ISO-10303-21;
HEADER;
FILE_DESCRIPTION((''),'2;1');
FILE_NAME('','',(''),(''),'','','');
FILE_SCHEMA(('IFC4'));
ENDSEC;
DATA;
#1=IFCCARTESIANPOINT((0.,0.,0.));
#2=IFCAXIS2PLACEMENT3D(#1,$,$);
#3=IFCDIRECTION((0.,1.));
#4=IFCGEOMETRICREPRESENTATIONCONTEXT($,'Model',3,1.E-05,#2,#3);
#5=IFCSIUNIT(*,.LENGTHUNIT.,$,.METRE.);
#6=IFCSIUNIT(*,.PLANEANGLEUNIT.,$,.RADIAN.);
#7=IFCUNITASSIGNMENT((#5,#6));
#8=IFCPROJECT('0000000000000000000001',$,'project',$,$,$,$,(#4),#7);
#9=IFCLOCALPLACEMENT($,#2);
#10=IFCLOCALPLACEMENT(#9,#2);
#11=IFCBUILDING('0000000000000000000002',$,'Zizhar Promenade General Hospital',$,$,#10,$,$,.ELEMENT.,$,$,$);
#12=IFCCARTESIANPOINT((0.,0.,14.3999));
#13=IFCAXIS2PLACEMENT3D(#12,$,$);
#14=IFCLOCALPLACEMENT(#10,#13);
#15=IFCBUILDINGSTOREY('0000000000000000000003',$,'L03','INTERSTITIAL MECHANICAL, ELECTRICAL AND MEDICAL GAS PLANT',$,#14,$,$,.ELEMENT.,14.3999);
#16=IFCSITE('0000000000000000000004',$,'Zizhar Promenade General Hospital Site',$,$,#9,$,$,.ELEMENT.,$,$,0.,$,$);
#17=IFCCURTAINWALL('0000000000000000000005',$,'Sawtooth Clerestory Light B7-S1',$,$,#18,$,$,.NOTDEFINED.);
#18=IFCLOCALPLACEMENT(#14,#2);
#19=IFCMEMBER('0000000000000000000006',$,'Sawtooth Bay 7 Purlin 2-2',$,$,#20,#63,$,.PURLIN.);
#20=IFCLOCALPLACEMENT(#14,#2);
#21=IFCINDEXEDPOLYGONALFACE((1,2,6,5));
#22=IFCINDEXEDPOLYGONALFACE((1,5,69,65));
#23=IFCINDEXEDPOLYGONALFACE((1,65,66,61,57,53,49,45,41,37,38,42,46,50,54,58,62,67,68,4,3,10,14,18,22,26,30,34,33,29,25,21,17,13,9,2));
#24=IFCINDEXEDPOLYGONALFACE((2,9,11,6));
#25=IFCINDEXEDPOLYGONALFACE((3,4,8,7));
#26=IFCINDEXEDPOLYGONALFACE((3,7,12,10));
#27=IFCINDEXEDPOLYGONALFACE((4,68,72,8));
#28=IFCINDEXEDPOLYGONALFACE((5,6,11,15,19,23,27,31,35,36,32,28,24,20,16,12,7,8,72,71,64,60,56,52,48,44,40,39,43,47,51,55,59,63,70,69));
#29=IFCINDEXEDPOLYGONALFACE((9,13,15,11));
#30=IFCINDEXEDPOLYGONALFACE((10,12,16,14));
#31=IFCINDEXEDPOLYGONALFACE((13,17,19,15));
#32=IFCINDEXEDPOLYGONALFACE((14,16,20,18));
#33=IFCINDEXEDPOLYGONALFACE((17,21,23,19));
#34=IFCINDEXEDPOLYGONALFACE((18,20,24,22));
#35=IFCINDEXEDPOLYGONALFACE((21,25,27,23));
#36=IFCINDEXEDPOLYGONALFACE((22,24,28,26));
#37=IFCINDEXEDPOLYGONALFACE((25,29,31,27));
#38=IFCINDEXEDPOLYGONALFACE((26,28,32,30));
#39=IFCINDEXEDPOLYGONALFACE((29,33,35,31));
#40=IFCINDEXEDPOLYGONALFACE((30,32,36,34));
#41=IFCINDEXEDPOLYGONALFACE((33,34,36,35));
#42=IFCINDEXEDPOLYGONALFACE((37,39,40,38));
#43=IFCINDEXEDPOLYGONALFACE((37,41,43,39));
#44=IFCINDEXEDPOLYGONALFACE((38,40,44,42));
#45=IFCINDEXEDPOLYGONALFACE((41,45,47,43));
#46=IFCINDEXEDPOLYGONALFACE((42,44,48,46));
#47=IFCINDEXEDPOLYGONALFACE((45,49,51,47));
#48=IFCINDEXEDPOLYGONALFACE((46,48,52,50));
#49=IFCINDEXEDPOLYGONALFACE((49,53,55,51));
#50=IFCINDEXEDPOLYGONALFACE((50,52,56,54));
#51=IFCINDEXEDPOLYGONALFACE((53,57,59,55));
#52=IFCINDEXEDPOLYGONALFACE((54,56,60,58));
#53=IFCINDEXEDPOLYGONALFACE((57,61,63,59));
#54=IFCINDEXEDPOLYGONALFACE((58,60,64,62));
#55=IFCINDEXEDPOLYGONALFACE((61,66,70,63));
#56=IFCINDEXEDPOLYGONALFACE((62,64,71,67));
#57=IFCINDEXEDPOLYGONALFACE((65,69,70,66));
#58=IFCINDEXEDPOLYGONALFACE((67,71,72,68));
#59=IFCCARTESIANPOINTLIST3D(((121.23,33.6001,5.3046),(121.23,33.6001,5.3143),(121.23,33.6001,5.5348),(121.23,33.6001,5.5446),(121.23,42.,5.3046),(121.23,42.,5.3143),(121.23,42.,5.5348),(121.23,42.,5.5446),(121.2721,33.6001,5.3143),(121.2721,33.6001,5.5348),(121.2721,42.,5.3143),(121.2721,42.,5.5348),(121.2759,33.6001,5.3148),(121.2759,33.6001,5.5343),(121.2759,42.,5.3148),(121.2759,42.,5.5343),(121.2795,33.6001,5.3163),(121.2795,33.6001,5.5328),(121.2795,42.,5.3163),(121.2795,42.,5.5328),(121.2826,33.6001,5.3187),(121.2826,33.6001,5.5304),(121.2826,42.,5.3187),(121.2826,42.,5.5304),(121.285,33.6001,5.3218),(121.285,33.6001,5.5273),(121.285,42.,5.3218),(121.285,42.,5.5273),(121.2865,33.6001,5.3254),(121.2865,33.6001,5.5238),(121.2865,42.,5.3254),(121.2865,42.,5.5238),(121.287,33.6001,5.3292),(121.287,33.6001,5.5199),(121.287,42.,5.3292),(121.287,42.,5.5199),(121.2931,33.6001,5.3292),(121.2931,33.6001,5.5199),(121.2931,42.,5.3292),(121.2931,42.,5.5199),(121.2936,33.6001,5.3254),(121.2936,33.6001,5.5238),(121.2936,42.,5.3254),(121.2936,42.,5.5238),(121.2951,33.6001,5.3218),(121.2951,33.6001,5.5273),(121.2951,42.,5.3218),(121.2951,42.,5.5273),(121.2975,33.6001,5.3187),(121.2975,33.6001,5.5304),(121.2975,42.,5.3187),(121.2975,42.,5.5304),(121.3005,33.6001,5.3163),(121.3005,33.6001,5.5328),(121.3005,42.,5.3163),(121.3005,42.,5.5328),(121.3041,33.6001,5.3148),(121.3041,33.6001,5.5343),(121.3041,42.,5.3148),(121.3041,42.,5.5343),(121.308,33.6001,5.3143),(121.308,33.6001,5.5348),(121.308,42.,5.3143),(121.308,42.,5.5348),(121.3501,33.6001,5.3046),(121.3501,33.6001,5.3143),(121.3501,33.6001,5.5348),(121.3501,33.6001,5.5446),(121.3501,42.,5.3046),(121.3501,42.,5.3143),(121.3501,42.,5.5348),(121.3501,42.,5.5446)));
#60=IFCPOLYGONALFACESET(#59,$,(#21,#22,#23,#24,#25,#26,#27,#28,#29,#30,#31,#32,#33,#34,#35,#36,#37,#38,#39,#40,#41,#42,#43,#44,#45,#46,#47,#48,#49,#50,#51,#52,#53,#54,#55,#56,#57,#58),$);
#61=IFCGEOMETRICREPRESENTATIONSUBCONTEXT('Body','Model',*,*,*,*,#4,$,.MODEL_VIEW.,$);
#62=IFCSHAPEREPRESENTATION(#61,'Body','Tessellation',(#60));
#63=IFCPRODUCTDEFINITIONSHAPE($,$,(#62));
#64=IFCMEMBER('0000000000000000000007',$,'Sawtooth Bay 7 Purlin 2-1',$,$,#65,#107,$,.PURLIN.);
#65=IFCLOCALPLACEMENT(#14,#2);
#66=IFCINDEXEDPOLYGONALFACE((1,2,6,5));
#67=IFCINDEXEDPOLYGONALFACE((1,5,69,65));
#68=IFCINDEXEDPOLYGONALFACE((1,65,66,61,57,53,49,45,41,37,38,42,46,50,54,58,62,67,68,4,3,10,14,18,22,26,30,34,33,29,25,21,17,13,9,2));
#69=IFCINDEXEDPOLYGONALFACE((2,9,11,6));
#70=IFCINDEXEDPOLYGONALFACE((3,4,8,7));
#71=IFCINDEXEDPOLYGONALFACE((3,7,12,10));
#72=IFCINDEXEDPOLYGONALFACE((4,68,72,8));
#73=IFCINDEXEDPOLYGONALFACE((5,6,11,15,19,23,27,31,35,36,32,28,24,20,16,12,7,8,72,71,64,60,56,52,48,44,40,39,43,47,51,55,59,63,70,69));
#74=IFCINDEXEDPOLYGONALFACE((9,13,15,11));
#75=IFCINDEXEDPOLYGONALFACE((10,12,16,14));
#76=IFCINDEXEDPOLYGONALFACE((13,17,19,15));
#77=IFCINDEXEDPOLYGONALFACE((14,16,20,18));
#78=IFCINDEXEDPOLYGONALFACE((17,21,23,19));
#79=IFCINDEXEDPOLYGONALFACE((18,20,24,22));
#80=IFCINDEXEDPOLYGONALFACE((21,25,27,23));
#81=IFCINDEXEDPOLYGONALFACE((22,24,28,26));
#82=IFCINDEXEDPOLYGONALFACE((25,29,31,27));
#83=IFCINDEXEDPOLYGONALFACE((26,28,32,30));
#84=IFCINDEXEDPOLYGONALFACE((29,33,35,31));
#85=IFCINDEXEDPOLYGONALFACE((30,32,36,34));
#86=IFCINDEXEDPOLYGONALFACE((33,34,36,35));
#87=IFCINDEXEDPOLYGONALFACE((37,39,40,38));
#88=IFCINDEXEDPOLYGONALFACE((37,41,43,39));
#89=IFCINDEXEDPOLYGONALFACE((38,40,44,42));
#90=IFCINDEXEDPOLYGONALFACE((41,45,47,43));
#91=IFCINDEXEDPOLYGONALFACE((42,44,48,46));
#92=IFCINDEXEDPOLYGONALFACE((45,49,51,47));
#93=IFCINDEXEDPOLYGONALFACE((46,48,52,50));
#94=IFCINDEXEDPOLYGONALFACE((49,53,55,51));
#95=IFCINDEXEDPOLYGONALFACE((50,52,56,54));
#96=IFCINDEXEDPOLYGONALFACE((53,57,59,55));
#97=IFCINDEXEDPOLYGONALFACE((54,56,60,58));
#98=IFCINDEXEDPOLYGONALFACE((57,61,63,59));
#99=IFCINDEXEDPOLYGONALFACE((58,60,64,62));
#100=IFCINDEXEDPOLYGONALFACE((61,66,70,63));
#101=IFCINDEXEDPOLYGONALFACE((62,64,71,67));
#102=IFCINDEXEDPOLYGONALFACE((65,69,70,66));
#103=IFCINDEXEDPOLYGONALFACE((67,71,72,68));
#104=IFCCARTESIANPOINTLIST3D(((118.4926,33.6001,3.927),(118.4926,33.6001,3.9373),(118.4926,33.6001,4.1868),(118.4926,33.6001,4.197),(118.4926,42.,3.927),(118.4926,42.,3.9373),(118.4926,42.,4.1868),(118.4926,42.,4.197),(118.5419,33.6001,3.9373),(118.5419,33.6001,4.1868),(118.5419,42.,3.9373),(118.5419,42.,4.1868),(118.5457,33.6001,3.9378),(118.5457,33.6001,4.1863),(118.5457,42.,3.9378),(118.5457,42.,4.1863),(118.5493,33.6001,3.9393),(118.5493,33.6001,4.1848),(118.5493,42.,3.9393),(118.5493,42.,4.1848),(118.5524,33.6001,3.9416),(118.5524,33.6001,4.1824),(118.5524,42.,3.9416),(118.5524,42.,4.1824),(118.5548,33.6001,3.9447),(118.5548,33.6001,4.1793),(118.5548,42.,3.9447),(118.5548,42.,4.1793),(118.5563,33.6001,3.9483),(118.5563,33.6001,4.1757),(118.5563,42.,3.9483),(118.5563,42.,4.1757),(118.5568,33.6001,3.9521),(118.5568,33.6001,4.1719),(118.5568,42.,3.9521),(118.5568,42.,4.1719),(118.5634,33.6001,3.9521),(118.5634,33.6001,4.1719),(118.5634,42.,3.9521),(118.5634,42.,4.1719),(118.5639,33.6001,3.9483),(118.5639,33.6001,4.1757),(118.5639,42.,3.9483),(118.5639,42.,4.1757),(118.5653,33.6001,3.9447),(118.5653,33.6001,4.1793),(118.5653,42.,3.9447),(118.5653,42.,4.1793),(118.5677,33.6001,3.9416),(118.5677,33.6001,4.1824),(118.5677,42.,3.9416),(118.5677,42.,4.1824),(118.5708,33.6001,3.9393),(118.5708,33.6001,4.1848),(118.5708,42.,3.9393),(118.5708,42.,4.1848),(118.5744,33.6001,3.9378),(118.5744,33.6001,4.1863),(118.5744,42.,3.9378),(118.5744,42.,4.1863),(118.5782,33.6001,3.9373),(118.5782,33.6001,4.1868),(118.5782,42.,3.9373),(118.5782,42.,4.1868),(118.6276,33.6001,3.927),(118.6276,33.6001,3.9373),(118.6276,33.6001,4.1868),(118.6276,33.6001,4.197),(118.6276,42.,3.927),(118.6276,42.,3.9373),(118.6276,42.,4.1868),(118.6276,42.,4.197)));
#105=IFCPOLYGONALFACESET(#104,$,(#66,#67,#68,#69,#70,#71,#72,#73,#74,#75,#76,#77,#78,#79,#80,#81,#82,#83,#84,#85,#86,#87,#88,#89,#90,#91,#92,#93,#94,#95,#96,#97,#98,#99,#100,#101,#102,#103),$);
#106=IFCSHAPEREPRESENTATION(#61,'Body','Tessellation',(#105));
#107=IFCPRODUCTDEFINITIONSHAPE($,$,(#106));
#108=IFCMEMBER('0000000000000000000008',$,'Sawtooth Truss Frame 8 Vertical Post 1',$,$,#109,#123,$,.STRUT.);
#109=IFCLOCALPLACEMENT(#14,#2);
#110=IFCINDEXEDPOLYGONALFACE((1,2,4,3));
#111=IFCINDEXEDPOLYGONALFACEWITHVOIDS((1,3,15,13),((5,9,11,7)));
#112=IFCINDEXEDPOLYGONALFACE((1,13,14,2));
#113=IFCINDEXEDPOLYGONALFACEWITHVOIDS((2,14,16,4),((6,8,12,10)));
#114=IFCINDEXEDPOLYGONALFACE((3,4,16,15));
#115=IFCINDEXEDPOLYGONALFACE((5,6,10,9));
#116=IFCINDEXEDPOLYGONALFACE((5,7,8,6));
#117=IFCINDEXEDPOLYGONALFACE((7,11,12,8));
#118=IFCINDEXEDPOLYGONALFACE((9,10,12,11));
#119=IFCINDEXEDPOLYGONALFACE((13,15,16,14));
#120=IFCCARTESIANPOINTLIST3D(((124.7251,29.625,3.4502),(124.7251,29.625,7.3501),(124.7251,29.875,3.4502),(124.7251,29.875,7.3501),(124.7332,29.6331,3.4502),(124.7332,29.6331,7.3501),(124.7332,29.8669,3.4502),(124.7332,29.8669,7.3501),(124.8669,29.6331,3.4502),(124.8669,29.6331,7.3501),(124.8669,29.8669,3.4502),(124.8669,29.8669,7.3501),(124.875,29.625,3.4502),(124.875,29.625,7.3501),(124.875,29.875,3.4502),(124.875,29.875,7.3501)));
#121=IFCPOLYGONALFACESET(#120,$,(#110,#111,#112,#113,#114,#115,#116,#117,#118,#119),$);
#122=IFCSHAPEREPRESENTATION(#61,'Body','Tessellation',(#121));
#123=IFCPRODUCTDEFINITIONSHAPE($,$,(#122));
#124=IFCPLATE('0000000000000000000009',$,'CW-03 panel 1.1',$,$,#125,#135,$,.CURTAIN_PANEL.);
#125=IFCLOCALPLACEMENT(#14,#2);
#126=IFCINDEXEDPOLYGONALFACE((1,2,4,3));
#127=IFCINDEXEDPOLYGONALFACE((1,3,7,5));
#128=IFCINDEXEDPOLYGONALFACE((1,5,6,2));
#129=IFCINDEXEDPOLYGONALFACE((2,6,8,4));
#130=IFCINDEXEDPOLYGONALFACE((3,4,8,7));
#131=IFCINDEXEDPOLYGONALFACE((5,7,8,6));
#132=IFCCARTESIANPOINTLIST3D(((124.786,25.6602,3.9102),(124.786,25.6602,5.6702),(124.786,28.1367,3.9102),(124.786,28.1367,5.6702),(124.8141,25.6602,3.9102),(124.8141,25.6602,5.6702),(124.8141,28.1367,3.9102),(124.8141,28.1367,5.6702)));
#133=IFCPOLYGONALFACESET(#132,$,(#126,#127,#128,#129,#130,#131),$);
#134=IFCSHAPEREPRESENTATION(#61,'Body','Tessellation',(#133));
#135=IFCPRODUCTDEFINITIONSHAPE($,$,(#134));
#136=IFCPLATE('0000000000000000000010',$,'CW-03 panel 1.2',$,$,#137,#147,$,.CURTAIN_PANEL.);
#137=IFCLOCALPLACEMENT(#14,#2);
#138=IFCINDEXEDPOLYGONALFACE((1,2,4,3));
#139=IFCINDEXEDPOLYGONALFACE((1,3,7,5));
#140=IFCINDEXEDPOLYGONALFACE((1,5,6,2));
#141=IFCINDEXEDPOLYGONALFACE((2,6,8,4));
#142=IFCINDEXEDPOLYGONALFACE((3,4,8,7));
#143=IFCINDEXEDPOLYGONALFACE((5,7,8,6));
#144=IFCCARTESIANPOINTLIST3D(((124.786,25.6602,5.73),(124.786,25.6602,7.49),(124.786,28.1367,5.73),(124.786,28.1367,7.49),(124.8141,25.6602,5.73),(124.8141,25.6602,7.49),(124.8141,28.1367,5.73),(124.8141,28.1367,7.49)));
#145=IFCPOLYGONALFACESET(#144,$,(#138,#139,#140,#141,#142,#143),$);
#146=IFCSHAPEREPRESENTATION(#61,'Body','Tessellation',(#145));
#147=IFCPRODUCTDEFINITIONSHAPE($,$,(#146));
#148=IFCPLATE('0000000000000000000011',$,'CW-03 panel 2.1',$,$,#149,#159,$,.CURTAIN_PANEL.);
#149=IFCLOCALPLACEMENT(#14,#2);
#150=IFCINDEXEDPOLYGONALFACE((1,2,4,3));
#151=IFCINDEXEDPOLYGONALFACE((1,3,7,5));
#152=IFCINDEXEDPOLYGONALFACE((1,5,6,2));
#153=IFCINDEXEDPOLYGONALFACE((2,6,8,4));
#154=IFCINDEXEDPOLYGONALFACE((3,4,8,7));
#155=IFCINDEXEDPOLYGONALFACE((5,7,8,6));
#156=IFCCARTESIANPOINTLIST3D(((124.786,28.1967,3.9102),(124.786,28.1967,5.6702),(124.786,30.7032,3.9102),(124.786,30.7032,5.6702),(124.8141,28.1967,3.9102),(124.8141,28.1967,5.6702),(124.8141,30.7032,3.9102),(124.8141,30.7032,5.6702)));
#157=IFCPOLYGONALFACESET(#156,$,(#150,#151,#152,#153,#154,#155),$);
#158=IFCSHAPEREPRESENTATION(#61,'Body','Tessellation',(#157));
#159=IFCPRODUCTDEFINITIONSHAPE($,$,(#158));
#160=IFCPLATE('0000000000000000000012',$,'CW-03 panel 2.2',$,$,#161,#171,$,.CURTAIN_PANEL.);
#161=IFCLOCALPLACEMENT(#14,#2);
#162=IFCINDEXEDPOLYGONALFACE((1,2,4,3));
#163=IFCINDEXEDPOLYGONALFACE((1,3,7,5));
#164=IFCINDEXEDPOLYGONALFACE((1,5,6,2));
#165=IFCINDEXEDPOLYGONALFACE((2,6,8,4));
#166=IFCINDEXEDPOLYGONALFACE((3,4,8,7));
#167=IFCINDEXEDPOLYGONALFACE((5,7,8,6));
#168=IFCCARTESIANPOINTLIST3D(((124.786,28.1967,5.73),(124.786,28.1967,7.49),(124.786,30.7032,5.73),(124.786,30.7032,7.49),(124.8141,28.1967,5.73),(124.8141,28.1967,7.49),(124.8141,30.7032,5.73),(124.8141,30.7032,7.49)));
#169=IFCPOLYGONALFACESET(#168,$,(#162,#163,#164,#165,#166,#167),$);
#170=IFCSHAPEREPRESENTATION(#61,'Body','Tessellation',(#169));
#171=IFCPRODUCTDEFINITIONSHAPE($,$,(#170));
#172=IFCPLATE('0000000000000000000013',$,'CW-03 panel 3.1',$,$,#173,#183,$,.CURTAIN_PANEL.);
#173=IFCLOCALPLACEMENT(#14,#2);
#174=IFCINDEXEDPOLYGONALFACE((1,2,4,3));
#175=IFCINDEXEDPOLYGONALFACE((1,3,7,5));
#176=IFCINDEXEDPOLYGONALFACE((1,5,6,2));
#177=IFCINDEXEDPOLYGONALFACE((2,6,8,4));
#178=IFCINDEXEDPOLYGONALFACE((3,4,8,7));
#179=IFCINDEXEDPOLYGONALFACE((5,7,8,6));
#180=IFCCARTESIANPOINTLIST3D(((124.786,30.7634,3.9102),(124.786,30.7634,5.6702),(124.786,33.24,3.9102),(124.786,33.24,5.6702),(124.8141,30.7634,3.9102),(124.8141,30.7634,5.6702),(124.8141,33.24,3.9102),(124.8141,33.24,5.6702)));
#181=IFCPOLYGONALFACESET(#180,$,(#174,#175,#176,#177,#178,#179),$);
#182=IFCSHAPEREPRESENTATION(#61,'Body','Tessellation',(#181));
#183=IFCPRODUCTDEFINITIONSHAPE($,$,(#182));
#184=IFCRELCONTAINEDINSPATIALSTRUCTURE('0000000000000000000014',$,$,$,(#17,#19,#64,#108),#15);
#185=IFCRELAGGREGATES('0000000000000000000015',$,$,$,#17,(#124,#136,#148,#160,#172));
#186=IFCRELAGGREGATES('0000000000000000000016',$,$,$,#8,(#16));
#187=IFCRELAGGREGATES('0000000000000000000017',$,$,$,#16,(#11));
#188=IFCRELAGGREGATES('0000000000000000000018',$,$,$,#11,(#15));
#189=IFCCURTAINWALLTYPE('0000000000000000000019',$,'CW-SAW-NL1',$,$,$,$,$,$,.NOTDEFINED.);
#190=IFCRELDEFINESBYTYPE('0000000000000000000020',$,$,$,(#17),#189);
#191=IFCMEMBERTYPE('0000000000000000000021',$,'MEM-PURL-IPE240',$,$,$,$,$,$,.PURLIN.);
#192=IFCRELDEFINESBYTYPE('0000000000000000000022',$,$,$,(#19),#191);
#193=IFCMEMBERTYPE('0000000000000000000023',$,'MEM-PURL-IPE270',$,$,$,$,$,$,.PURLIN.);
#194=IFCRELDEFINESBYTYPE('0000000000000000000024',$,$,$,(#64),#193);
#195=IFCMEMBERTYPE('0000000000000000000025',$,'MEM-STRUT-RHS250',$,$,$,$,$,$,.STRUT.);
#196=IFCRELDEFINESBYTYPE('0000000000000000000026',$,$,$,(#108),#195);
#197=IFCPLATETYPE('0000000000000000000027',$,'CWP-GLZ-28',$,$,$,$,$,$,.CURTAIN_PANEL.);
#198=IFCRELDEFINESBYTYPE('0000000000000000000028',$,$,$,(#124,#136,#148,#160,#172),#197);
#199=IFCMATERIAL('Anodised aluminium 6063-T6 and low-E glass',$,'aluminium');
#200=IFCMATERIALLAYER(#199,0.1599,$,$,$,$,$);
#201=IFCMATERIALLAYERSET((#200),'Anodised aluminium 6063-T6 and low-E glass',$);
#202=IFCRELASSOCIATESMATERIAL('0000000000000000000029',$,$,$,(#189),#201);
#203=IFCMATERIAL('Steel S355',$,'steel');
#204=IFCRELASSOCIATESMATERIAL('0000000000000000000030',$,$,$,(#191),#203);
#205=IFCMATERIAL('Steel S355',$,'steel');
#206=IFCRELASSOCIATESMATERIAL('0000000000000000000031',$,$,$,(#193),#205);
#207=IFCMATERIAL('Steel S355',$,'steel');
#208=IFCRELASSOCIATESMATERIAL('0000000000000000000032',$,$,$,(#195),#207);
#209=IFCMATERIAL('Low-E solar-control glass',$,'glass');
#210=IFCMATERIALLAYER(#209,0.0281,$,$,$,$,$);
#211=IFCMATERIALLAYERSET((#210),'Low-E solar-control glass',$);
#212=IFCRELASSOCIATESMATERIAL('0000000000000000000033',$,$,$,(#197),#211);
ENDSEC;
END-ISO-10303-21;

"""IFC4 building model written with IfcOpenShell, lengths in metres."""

from ifc_helpers import new_model, si_unit, direction, frame, origin, origin_2d, place, context, subcontext, project, spatial, rectangle, hollow_rectangle, i_section, extrude, material, layer, layer_set, material_profile, profile_set, type_object, element, aggregate, save


model = new_model("IFC4")

# Units and contexts
model_context = context("Model", 3, precision=1e-05, world=origin(), true_north=direction((0.0, 1.0)))
body_context = subcontext(model_context, "Body", "Model", "MODEL_VIEW")
ifc_project = project(units=[si_unit("LENGTHUNIT", "METRE"), si_unit("PLANEANGLEUNIT", "RADIAN")], contexts=[model_context])

# Site, building, storey
site_placement = place(None, origin())
site = spatial("IfcSite", under=ifc_project, at=site_placement, Name="Zizhar Promenade General Hospital Site", CompositionType="ELEMENT", RefElevation=0.0)
building_placement = place(site_placement, origin())
building = spatial("IfcBuilding", under=site, at=building_placement, Name="Zizhar Promenade General Hospital", CompositionType="ELEMENT")
storey_placement = place(building_placement, frame((0.0, 0.0, 14.3999)))
storey = spatial("IfcBuildingStorey", under=building, at=storey_placement, Name="L03", Description="INTERSTITIAL MECHANICAL, ELECTRICAL AND MEDICAL GAS PLANT", CompositionType="ELEMENT", Elevation=14.3999)

# Curtain wall
ifc_material_1 = material(Name="Anodised aluminium 6063-T6 and low-E glass", Category="aluminium")
ifc_layer_1 = layer(ifc_material_1, 0.1599)
ifc_layer_set_1 = layer_set([ifc_layer_1], Name="Anodised aluminium 6063-T6 and low-E glass")
curtain_wall_type_1 = type_object("IfcCurtainWallType", Name="CW-SAW-NL1", PredefinedType="NOTDEFINED", material=ifc_layer_set_1)
curtain_wall_1_placement = place(storey_placement, origin())
curtain_wall_1 = element("IfcCurtainWall", 1, at=curtain_wall_1_placement, inside=storey, type_object=curtain_wall_type_1, Name="Sawtooth Clerestory Light B7-S1", PredefinedType="NOTDEFINED")

# Members
ifc_material_2 = material(Name="Steel S355", Category="steel")
ifc_material_profile_1 = material_profile(ifc_material_2, i_section(OverallWidth=0.1201, OverallDepth=0.24, WebThickness=0.0061, FlangeThickness=0.0098, FilletRadius=0.0149, at=origin_2d()))
ifc_profile_set_1 = profile_set([ifc_material_profile_1], Name="Steel S355")
member_type_1 = type_object("IfcMemberType", Name="MEM-PURL-IPE240", PredefinedType="PURLIN", material=ifc_profile_set_1)
member_1_placement = place(storey_placement, frame((121.29, 33.6001, 5.4246), z_axis=(0.0, 1.0, 0.0), x_axis=(-1.0, 0.0, 0.0)))
element("IfcMember", 2, at=member_1_placement, inside=storey, type_object=member_type_1, Name="Sawtooth Bay 7 Purlin 2-2", PredefinedType="PURLIN", context=body_context, shape_type="SweptSolid", body=[
    extrude(i_section(OverallWidth=0.1201, OverallDepth=0.24, WebThickness=0.0061, FlangeThickness=0.0098, FilletRadius=0.0149, at=origin_2d()), origin(), (0.0, 0.0, 1.0), 8.3999),
])
ifc_material_3 = material(Name="Steel S355", Category="steel")
ifc_material_profile_2 = material_profile(ifc_material_3, i_section(OverallWidth=0.135, OverallDepth=0.27, WebThickness=0.0066, FlangeThickness=0.0103, FilletRadius=0.0149, at=origin_2d()))
ifc_profile_set_2 = profile_set([ifc_material_profile_2], Name="Steel S355")
member_type_2 = type_object("IfcMemberType", Name="MEM-PURL-IPE270", PredefinedType="PURLIN", material=ifc_profile_set_2)
member_2_placement = place(storey_placement, frame((118.5601, 33.6001, 4.062), z_axis=(0.0, 1.0, 0.0), x_axis=(-1.0, 0.0, 0.0)))
element("IfcMember", 3, at=member_2_placement, inside=storey, type_object=member_type_2, Name="Sawtooth Bay 7 Purlin 2-1", PredefinedType="PURLIN", context=body_context, shape_type="SweptSolid", body=[
    extrude(i_section(OverallWidth=0.135, OverallDepth=0.27, WebThickness=0.0066, FlangeThickness=0.0103, FilletRadius=0.0149, at=origin_2d()), origin(), (0.0, 0.0, 1.0), 8.3999),
])
ifc_material_4 = material(Name="Steel S355", Category="steel")
ifc_material_profile_3 = material_profile(ifc_material_4, hollow_rectangle(XDim=0.1499, YDim=0.25, WallThickness=0.0081, at=origin_2d()))
ifc_profile_set_3 = profile_set([ifc_material_profile_3], Name="Steel S355")
member_type_3 = type_object("IfcMemberType", Name="MEM-STRUT-RHS250", PredefinedType="STRUT", material=ifc_profile_set_3)
member_3_placement = place(storey_placement, frame((124.8, 29.75, 3.4502), z_axis=(0.0, 0.0, 1.0), x_axis=(1.0, 0.0, 0.0)))
element("IfcMember", 4, at=member_3_placement, inside=storey, type_object=member_type_3, Name="Sawtooth Truss Frame 8 Vertical Post 1", PredefinedType="STRUT", context=body_context, shape_type="SweptSolid", body=[
    extrude(hollow_rectangle(XDim=0.1499, YDim=0.25, WallThickness=0.0081, at=origin_2d()), origin(), (0.0, 0.0, 1.0), 3.8999),
])

# Plates
ifc_material_5 = material(Name="Low-E solar-control glass", Category="glass")
ifc_layer_2 = layer(ifc_material_5, 0.0281)
ifc_layer_set_2 = layer_set([ifc_layer_2], Name="Low-E solar-control glass")
plate_type = type_object("IfcPlateType", Name="CWP-GLZ-28", PredefinedType="CURTAIN_PANEL", material=ifc_layer_set_2)
plate_1_placement = place(storey_placement, frame((124.8, 26.8984, 3.9102), z_axis=(0.0, 0.0, 1.0), x_axis=(0.0, 1.0, 0.0)))
plate_1 = element("IfcPlate", 5, at=plate_1_placement, type_object=plate_type, Name="CW-03 panel 1.1", PredefinedType="CURTAIN_PANEL", context=body_context, shape_type="SweptSolid", body=[
    extrude(rectangle(XDim=2.4766, YDim=0.0281, at=origin_2d()), origin(), (0.0, 0.0, 1.0), 1.76),
])
plate_2_placement = place(storey_placement, frame((124.8, 26.8984, 5.73), z_axis=(0.0, 0.0, 1.0), x_axis=(0.0, 1.0, 0.0)))
plate_2 = element("IfcPlate", 6, at=plate_2_placement, type_object=plate_type, Name="CW-03 panel 1.2", PredefinedType="CURTAIN_PANEL", context=body_context, shape_type="SweptSolid", body=[
    extrude(rectangle(XDim=2.4766, YDim=0.0281, at=origin_2d()), origin(), (0.0, 0.0, 1.0), 1.76),
])
plate_3_placement = place(storey_placement, frame((124.8, 29.45, 3.9102), z_axis=(0.0, 0.0, 1.0), x_axis=(0.0, 1.0, 0.0)))
plate_3 = element("IfcPlate", 7, at=plate_3_placement, type_object=plate_type, Name="CW-03 panel 2.1", PredefinedType="CURTAIN_PANEL", context=body_context, shape_type="SweptSolid", body=[
    extrude(rectangle(XDim=2.5066, YDim=0.0281, at=origin_2d()), origin(), (0.0, 0.0, 1.0), 1.76),
])
plate_4_placement = place(storey_placement, frame((124.8, 29.45, 5.73), z_axis=(0.0, 0.0, 1.0), x_axis=(0.0, 1.0, 0.0)))
plate_4 = element("IfcPlate", 8, at=plate_4_placement, type_object=plate_type, Name="CW-03 panel 2.2", PredefinedType="CURTAIN_PANEL", context=body_context, shape_type="SweptSolid", body=[
    extrude(rectangle(XDim=2.5066, YDim=0.0281, at=origin_2d()), origin(), (0.0, 0.0, 1.0), 1.76),
])
plate_5_placement = place(storey_placement, frame((124.8, 32.0017, 3.9102), z_axis=(0.0, 0.0, 1.0), x_axis=(0.0, 1.0, 0.0)))
plate_5 = element("IfcPlate", 9, at=plate_5_placement, type_object=plate_type, Name="CW-03 panel 3.1", PredefinedType="CURTAIN_PANEL", context=body_context, shape_type="SweptSolid", body=[
    extrude(rectangle(XDim=2.4766, YDim=0.0281, at=origin_2d()), origin(), (0.0, 0.0, 1.0), 1.76),
])
aggregate(curtain_wall_1, [plate_1, plate_2, plate_3, plate_4, plate_5])

save(model, "model.ifc")
